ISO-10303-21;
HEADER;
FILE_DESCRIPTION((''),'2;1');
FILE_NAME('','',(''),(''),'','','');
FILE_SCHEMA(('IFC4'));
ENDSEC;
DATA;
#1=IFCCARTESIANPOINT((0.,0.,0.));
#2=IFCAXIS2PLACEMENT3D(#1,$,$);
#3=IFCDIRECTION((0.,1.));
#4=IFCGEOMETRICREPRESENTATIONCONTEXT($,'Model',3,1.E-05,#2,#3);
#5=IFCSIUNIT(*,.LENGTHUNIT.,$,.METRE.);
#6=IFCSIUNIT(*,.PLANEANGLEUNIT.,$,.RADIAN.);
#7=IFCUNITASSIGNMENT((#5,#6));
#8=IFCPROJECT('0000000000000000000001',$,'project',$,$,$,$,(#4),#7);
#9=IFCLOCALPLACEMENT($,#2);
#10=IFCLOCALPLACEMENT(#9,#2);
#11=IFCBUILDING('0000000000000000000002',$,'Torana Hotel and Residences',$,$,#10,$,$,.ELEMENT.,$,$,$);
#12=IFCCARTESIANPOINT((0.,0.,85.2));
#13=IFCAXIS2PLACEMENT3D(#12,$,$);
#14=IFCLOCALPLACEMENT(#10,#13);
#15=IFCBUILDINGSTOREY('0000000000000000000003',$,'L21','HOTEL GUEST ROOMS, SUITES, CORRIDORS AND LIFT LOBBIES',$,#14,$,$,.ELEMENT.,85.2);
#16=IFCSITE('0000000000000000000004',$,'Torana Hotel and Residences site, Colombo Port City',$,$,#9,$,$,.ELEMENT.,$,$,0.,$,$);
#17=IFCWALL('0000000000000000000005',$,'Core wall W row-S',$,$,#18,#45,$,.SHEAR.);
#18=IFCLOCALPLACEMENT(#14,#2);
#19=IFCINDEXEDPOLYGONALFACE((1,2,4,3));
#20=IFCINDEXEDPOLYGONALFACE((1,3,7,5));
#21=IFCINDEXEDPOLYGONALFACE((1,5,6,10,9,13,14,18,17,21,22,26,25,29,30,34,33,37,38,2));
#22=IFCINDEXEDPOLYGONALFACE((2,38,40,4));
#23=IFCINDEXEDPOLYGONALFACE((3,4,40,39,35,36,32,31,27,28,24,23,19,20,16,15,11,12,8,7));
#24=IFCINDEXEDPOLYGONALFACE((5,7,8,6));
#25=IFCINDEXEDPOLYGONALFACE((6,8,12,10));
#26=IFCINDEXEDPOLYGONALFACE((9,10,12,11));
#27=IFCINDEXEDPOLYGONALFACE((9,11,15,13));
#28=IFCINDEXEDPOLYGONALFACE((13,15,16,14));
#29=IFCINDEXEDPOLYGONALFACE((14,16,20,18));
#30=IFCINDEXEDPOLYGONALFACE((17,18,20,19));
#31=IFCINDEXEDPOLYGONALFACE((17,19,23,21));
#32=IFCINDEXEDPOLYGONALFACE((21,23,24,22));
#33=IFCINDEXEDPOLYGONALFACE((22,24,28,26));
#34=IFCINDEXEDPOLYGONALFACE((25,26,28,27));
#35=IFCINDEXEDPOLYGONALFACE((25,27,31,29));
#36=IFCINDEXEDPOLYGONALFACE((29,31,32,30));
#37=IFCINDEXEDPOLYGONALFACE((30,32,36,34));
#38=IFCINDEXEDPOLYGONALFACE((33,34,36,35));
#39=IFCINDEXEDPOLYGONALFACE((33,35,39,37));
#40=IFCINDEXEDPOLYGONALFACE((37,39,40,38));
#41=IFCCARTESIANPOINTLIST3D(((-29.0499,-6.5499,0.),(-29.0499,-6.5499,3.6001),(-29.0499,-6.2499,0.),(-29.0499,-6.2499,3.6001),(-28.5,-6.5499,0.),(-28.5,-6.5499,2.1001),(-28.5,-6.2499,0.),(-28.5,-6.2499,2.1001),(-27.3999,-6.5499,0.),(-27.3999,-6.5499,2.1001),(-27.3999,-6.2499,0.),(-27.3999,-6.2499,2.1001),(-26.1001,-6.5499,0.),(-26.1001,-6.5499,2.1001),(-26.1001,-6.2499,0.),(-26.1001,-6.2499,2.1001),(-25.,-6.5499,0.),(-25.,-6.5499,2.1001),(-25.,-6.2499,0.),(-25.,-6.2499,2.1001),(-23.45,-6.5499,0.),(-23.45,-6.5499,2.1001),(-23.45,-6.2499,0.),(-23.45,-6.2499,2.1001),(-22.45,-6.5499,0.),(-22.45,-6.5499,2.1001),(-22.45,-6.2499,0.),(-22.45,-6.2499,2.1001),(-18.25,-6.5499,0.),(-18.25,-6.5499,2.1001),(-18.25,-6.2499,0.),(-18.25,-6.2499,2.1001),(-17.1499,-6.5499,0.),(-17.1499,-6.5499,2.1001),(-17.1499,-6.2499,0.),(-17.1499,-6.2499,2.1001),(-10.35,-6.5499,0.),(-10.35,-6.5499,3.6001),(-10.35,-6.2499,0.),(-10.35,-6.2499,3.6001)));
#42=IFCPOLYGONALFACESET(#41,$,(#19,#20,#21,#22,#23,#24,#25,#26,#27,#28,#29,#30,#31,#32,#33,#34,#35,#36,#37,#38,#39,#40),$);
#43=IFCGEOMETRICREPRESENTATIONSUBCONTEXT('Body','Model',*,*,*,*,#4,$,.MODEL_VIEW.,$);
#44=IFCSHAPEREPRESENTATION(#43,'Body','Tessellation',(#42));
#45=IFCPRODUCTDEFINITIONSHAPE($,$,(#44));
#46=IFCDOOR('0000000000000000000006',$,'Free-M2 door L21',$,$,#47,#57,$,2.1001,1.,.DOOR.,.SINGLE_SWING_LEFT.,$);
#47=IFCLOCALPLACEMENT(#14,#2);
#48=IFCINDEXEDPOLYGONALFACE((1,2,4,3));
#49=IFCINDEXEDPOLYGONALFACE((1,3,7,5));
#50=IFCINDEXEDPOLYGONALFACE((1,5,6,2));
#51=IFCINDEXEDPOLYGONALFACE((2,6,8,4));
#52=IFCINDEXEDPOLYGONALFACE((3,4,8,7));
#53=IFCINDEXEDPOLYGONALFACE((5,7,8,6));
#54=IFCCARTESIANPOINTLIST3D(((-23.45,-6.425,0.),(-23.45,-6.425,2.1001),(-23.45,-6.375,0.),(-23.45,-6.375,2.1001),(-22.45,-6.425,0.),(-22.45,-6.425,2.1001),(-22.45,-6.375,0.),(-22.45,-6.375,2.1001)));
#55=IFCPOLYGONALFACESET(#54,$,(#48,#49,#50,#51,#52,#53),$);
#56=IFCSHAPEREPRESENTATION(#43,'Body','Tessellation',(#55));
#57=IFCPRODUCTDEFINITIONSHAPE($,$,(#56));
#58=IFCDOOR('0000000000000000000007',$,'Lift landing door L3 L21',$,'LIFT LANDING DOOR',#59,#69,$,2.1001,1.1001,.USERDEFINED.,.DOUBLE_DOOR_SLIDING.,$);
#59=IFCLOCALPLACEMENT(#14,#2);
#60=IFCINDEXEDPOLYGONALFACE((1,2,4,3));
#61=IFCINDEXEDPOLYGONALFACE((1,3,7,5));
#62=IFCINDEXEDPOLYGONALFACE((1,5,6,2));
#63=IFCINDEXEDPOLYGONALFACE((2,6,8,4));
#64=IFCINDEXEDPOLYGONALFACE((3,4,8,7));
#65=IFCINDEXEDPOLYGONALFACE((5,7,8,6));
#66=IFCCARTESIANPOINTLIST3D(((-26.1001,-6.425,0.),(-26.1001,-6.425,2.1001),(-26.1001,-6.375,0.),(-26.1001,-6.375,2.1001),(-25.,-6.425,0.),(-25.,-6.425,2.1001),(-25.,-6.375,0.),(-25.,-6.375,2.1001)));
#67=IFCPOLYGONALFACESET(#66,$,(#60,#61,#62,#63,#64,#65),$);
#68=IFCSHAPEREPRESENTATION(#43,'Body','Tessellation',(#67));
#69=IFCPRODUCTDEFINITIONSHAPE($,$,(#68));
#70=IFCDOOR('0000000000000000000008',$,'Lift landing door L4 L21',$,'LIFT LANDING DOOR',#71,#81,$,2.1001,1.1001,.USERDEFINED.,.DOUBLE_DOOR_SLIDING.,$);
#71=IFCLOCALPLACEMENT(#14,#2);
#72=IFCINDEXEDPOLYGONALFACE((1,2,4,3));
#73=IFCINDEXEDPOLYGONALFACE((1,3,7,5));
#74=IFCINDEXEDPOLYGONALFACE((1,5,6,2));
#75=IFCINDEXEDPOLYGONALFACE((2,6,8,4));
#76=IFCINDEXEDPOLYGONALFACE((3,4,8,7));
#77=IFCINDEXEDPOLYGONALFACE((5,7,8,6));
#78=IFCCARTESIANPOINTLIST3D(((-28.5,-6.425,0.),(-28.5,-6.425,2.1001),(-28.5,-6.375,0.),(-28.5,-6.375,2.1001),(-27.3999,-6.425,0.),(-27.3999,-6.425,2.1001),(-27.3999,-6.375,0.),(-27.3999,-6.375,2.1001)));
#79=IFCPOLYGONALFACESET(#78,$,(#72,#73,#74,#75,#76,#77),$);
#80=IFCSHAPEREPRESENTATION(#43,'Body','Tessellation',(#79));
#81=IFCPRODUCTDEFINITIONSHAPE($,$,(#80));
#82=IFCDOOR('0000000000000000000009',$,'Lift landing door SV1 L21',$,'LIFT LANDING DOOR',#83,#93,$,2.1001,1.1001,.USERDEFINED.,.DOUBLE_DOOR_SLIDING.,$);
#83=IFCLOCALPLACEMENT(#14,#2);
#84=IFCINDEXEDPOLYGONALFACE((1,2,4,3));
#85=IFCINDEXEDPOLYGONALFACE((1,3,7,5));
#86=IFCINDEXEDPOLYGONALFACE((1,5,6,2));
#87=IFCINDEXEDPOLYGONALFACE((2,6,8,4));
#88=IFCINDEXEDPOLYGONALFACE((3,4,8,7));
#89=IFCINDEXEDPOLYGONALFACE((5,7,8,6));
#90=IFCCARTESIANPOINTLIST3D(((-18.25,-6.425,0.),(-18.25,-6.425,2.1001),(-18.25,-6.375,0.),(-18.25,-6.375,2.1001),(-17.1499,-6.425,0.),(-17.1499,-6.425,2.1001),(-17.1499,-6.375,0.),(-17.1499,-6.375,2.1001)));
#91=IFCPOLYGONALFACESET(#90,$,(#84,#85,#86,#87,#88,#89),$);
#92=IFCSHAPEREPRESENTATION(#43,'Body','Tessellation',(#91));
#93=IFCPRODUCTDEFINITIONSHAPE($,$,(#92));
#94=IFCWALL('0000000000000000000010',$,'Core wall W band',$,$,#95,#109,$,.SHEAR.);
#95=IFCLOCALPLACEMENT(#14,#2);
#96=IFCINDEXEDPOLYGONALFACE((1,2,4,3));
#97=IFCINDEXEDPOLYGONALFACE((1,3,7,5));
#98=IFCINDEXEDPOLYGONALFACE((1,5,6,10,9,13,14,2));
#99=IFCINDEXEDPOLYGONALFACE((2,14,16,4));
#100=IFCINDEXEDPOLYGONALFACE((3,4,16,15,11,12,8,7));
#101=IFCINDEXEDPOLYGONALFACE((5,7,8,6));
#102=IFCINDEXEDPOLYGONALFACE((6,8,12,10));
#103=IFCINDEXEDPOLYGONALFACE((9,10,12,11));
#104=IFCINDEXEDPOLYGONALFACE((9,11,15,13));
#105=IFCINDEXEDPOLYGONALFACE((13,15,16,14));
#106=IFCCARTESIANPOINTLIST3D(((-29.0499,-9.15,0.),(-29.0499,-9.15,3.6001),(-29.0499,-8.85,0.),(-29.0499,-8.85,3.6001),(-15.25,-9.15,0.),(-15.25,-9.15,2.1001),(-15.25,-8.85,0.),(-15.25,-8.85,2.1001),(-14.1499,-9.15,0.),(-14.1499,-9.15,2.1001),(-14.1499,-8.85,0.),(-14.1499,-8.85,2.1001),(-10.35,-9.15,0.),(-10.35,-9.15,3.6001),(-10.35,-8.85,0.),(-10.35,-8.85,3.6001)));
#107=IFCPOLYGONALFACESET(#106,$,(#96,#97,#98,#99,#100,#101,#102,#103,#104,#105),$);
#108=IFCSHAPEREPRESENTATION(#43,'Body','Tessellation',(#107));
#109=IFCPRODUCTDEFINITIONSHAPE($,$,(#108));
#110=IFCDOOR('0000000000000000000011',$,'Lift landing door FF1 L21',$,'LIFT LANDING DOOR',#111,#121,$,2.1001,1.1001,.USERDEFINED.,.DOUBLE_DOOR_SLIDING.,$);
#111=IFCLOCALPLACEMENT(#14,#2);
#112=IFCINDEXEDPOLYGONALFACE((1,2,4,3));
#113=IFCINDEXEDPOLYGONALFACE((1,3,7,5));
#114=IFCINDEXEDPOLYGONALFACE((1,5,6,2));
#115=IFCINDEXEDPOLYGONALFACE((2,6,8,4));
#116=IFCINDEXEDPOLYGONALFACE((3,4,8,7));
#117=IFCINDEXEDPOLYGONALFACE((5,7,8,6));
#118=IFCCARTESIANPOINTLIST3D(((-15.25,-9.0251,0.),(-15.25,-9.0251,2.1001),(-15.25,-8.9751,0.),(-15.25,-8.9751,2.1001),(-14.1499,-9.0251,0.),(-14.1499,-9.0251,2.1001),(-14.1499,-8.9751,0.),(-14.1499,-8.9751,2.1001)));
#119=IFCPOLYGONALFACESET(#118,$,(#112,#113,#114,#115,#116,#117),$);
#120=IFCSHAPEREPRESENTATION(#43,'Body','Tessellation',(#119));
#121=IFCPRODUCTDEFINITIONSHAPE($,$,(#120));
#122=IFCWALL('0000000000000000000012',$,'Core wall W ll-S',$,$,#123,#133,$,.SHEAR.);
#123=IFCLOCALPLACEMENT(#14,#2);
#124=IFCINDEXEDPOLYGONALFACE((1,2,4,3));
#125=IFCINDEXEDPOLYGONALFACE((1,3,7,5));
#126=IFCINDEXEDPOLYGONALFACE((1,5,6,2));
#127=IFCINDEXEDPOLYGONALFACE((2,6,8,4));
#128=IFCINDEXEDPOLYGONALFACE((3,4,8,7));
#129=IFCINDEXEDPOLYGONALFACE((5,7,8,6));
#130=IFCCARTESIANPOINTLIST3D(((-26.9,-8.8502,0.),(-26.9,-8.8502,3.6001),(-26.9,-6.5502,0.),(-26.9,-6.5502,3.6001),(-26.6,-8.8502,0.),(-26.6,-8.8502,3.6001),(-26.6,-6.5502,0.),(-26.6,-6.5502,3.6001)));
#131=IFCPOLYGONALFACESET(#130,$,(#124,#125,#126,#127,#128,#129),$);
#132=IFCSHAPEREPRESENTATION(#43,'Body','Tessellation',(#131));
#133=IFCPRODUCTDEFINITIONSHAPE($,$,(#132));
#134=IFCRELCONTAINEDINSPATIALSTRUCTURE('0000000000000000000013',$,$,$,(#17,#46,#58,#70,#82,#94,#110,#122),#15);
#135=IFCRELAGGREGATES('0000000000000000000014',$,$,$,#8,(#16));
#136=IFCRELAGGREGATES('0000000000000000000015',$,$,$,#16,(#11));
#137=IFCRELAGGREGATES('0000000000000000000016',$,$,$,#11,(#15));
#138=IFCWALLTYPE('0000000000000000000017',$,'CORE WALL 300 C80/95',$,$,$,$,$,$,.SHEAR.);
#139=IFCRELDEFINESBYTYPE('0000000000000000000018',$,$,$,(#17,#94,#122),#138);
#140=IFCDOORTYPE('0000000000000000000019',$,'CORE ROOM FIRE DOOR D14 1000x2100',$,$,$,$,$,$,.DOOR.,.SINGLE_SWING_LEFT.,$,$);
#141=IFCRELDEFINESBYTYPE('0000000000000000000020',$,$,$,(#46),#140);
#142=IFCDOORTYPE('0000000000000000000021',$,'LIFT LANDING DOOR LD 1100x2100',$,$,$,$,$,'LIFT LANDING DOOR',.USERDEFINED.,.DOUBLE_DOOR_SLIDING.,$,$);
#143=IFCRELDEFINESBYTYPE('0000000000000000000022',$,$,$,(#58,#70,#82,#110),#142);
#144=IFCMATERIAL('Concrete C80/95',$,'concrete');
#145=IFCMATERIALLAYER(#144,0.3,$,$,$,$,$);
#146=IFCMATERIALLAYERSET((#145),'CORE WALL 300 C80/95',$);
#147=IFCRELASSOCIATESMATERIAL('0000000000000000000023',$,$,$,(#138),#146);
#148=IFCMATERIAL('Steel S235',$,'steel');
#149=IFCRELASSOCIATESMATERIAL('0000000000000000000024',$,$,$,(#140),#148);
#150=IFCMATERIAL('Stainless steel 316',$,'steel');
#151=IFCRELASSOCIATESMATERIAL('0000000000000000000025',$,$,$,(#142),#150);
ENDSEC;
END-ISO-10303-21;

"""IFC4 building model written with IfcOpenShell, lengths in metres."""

from ifc_helpers import new_model, si_unit, direction, frame, frame_2d, origin, place, context, subcontext, project, spatial, rectangle, extrude, material, layer, layer_set, type_object, element, fill, save


model = new_model("IFC4")

# Units and contexts
model_context = context("Model", 3, precision=1e-05, world=origin(), true_north=direction((0.0, 1.0)))
body_context = subcontext(model_context, "Body", "Model", "MODEL_VIEW")
ifc_project = project(units=[si_unit("LENGTHUNIT", "METRE"), si_unit("PLANEANGLEUNIT", "RADIAN")], contexts=[model_context])

# Site, building, storey
site_placement = place(None, origin())
site = spatial("IfcSite", under=ifc_project, at=site_placement, Name="Torana Hotel and Residences site, Colombo Port City", CompositionType="ELEMENT", RefElevation=0.0)
building_placement = place(site_placement, origin())
building = spatial("IfcBuilding", under=site, at=building_placement, Name="Torana Hotel and Residences", CompositionType="ELEMENT")
storey_placement = place(building_placement, frame((0.0, 0.0, 85.2)))
storey = spatial("IfcBuildingStorey", under=building, at=storey_placement, Name="L21", Description="HOTEL GUEST ROOMS, SUITES, CORRIDORS AND LIFT LOBBIES", CompositionType="ELEMENT", Elevation=85.2)

# Wall, openings, doors
ifc_material_1 = material(Name="Concrete C80/95", Category="concrete")
ifc_layer_1 = layer(ifc_material_1, 0.3)
ifc_layer_set_1 = layer_set([ifc_layer_1], Name="CORE WALL 300 C80/95")
wall_type_1 = type_object("IfcWallType", Name="CORE WALL 300 C80/95", PredefinedType="SHEAR", material=ifc_layer_set_1)
wall_1_placement = place(storey_placement, frame((-29.05, -6.3999, 0.0), z_axis=(0.0, 0.0, 1.0), x_axis=(1.0, 0.0, 0.0)))
wall_1 = element("IfcWall", 1, at=wall_1_placement, inside=storey, type_object=wall_type_1, Name="Core wall W row-S", PredefinedType="SHEAR", context=body_context, shape_type="SweptSolid", body=[
    extrude(rectangle(XDim=18.7, YDim=0.3, at=frame_2d((9.3501, 0.0))), origin(), (0.0, 0.0, 1.0), 3.6001),
])
opening_1_placement = place(wall_1_placement, frame((2.95, 0.0, 0.0)))
opening_1 = element("IfcOpeningElement", 2, at=opening_1_placement, cuts=wall_1, PredefinedType="OPENING", context=body_context, shape_type="SweptSolid", body=[
    extrude(rectangle(XDim=1.1001, YDim=2.1001, at=frame_2d((0.55, 1.05))), frame((0.0, 0.1599, 0.0), z_axis=(0.0, -1.0, 0.0), x_axis=(1.0, 0.0, 0.0)), (0.0, 0.0, 1.0), 0.3201),
])
opening_2_placement = place(wall_1_placement, frame((0.55, 0.0, 0.0)))
opening_2 = element("IfcOpeningElement", 3, at=opening_2_placement, cuts=wall_1, PredefinedType="OPENING", context=body_context, shape_type="SweptSolid", body=[
    extrude(rectangle(XDim=1.1001, YDim=2.1001, at=frame_2d((0.55, 1.05))), frame((0.0, 0.1599, 0.0), z_axis=(0.0, -1.0, 0.0), x_axis=(1.0, 0.0, 0.0)), (0.0, 0.0, 1.0), 0.3201),
])
opening_3_placement = place(wall_1_placement, frame((10.8, 0.0, 0.0)))
opening_3 = element("IfcOpeningElement", 4, at=opening_3_placement, cuts=wall_1, PredefinedType="OPENING", context=body_context, shape_type="SweptSolid", body=[
    extrude(rectangle(XDim=1.1001, YDim=2.1001, at=frame_2d((0.55, 1.05))), frame((0.0, 0.1599, 0.0), z_axis=(0.0, -1.0, 0.0), x_axis=(1.0, 0.0, 0.0)), (0.0, 0.0, 1.0), 0.3201),
])
opening_4_placement = place(wall_1_placement, frame((5.6001, 0.0, 0.0)))
opening_4 = element("IfcOpeningElement", 5, at=opening_4_placement, cuts=wall_1, PredefinedType="OPENING", context=body_context, shape_type="SweptSolid", body=[
    extrude(rectangle(XDim=1.0, YDim=2.1001, at=frame_2d((0.5, 1.05))), frame((0.0, 0.1599, 0.0), z_axis=(0.0, -1.0, 0.0), x_axis=(1.0, 0.0, 0.0)), (0.0, 0.0, 1.0), 0.3201),
])
ifc_material_2 = material(Name="Steel S235", Category="steel")
door_type_1 = type_object("IfcDoorType", Name="CORE ROOM FIRE DOOR D14 1000x2100", OperationType="SINGLE_SWING_LEFT", PredefinedType="DOOR", material=ifc_material_2)
door_1_placement = place(opening_4_placement, frame((0.5, 0.0, 0.0), z_axis=(0.0, 0.0, 1.0), x_axis=(-1.0, 0.0, 0.0)))
door_1 = element("IfcDoor", 6, at=door_1_placement, inside=storey, type_object=door_type_1, Name="Free-M2 door L21", OperationType="SINGLE_SWING_LEFT", OverallHeight=2.1001, OverallWidth=1.0, PredefinedType="DOOR", context=body_context, shape_type="SweptSolid", body=[
    extrude(rectangle(XDim=1.0, YDim=2.1001, at=frame_2d((0.0, 1.05))), frame((0.0, -0.0249, 0.0), z_axis=(0.0, 1.0, 0.0), x_axis=(-1.0, 0.0, 0.0)), (0.0, 0.0, 1.0), 0.05),
])
fill(opening_4, door_1)
ifc_material_3 = material(Name="Stainless steel 316", Category="steel")
door_type_2 = type_object("IfcDoorType", Name="LIFT LANDING DOOR LD 1100x2100", ElementType="LIFT LANDING DOOR", OperationType="DOUBLE_DOOR_SLIDING", PredefinedType="USERDEFINED", material=ifc_material_3)
door_2_placement = place(opening_1_placement, origin())
door_2 = element("IfcDoor", 7, at=door_2_placement, inside=storey, type_object=door_type_2, Name="Lift landing door L3 L21", ObjectType="LIFT LANDING DOOR", OperationType="DOUBLE_DOOR_SLIDING", OverallHeight=2.1001, OverallWidth=1.1001, PredefinedType="USERDEFINED", context=body_context, shape_type="SweptSolid", body=[
    extrude(rectangle(XDim=1.1001, YDim=2.1001, at=frame_2d((0.55, 1.05))), frame((0.0, 0.0249, 0.0), z_axis=(0.0, -1.0, 0.0), x_axis=(1.0, 0.0, 0.0)), (0.0, 0.0, 1.0), 0.05),
])
fill(opening_1, door_2)
door_3_placement = place(opening_2_placement, origin())
door_3 = element("IfcDoor", 8, at=door_3_placement, inside=storey, type_object=door_type_2, Name="Lift landing door L4 L21", ObjectType="LIFT LANDING DOOR", OperationType="DOUBLE_DOOR_SLIDING", OverallHeight=2.1001, OverallWidth=1.1001, PredefinedType="USERDEFINED", context=body_context, shape_type="SweptSolid", body=[
    extrude(rectangle(XDim=1.1001, YDim=2.1001, at=frame_2d((0.55, 1.05))), frame((0.0, 0.0249, 0.0), z_axis=(0.0, -1.0, 0.0), x_axis=(1.0, 0.0, 0.0)), (0.0, 0.0, 1.0), 0.05),
])
fill(opening_2, door_3)
door_4_placement = place(opening_3_placement, origin())
door_4 = element("IfcDoor", 9, at=door_4_placement, inside=storey, type_object=door_type_2, Name="Lift landing door SV1 L21", ObjectType="LIFT LANDING DOOR", OperationType="DOUBLE_DOOR_SLIDING", OverallHeight=2.1001, OverallWidth=1.1001, PredefinedType="USERDEFINED", context=body_context, shape_type="SweptSolid", body=[
    extrude(rectangle(XDim=1.1001, YDim=2.1001, at=frame_2d((0.55, 1.05))), frame((0.0, 0.0249, 0.0), z_axis=(0.0, -1.0, 0.0), x_axis=(1.0, 0.0, 0.0)), (0.0, 0.0, 1.0), 0.05),
])
fill(opening_3, door_4)

# Wall, opening, door
wall_2_placement = place(storey_placement, frame((-29.05, -9.0, 0.0), z_axis=(0.0, 0.0, 1.0), x_axis=(1.0, 0.0, 0.0)))
wall_2 = element("IfcWall", 10, at=wall_2_placement, inside=storey, type_object=wall_type_1, Name="Core wall W band", PredefinedType="SHEAR", context=body_context, shape_type="SweptSolid", body=[
    extrude(rectangle(XDim=18.7, YDim=0.3, at=frame_2d((9.3501, 0.0))), origin(), (0.0, 0.0, 1.0), 3.6001),
])
opening_5_placement = place(wall_2_placement, frame((13.8, 0.0, 0.0)))
opening_5 = element("IfcOpeningElement", 11, at=opening_5_placement, cuts=wall_2, PredefinedType="OPENING", context=body_context, shape_type="SweptSolid", body=[
    extrude(rectangle(XDim=1.1001, YDim=2.1001, at=frame_2d((0.55, 1.05))), frame((0.0, 0.1599, 0.0), z_axis=(0.0, -1.0, 0.0), x_axis=(1.0, 0.0, 0.0)), (0.0, 0.0, 1.0), 0.3201),
])
door_5_placement = place(opening_5_placement, origin())
door_5 = element("IfcDoor", 12, at=door_5_placement, inside=storey, type_object=door_type_2, Name="Lift landing door FF1 L21", ObjectType="LIFT LANDING DOOR", OperationType="DOUBLE_DOOR_SLIDING", OverallHeight=2.1001, OverallWidth=1.1001, PredefinedType="USERDEFINED", context=body_context, shape_type="SweptSolid", body=[
    extrude(rectangle(XDim=1.1001, YDim=2.1001, at=frame_2d((0.55, 1.05))), frame((0.0, 0.0249, 0.0), z_axis=(0.0, -1.0, 0.0), x_axis=(1.0, 0.0, 0.0)), (0.0, 0.0, 1.0), 0.05),
])
fill(opening_5, door_5)

# Wall
wall_3_placement = place(storey_placement, frame((-26.75, -8.8501, 0.0), z_axis=(0.0, 0.0, 1.0), x_axis=(0.0, 1.0, 0.0)))
element("IfcWall", 13, at=wall_3_placement, inside=storey, type_object=wall_type_1, Name="Core wall W ll-S", PredefinedType="SHEAR", context=body_context, shape_type="SweptSolid", body=[
    extrude(rectangle(XDim=2.3, YDim=0.3, at=frame_2d((1.1499, 0.0))), origin(), (0.0, 0.0, 1.0), 3.6001),
])

save(model, "model.ifc")
